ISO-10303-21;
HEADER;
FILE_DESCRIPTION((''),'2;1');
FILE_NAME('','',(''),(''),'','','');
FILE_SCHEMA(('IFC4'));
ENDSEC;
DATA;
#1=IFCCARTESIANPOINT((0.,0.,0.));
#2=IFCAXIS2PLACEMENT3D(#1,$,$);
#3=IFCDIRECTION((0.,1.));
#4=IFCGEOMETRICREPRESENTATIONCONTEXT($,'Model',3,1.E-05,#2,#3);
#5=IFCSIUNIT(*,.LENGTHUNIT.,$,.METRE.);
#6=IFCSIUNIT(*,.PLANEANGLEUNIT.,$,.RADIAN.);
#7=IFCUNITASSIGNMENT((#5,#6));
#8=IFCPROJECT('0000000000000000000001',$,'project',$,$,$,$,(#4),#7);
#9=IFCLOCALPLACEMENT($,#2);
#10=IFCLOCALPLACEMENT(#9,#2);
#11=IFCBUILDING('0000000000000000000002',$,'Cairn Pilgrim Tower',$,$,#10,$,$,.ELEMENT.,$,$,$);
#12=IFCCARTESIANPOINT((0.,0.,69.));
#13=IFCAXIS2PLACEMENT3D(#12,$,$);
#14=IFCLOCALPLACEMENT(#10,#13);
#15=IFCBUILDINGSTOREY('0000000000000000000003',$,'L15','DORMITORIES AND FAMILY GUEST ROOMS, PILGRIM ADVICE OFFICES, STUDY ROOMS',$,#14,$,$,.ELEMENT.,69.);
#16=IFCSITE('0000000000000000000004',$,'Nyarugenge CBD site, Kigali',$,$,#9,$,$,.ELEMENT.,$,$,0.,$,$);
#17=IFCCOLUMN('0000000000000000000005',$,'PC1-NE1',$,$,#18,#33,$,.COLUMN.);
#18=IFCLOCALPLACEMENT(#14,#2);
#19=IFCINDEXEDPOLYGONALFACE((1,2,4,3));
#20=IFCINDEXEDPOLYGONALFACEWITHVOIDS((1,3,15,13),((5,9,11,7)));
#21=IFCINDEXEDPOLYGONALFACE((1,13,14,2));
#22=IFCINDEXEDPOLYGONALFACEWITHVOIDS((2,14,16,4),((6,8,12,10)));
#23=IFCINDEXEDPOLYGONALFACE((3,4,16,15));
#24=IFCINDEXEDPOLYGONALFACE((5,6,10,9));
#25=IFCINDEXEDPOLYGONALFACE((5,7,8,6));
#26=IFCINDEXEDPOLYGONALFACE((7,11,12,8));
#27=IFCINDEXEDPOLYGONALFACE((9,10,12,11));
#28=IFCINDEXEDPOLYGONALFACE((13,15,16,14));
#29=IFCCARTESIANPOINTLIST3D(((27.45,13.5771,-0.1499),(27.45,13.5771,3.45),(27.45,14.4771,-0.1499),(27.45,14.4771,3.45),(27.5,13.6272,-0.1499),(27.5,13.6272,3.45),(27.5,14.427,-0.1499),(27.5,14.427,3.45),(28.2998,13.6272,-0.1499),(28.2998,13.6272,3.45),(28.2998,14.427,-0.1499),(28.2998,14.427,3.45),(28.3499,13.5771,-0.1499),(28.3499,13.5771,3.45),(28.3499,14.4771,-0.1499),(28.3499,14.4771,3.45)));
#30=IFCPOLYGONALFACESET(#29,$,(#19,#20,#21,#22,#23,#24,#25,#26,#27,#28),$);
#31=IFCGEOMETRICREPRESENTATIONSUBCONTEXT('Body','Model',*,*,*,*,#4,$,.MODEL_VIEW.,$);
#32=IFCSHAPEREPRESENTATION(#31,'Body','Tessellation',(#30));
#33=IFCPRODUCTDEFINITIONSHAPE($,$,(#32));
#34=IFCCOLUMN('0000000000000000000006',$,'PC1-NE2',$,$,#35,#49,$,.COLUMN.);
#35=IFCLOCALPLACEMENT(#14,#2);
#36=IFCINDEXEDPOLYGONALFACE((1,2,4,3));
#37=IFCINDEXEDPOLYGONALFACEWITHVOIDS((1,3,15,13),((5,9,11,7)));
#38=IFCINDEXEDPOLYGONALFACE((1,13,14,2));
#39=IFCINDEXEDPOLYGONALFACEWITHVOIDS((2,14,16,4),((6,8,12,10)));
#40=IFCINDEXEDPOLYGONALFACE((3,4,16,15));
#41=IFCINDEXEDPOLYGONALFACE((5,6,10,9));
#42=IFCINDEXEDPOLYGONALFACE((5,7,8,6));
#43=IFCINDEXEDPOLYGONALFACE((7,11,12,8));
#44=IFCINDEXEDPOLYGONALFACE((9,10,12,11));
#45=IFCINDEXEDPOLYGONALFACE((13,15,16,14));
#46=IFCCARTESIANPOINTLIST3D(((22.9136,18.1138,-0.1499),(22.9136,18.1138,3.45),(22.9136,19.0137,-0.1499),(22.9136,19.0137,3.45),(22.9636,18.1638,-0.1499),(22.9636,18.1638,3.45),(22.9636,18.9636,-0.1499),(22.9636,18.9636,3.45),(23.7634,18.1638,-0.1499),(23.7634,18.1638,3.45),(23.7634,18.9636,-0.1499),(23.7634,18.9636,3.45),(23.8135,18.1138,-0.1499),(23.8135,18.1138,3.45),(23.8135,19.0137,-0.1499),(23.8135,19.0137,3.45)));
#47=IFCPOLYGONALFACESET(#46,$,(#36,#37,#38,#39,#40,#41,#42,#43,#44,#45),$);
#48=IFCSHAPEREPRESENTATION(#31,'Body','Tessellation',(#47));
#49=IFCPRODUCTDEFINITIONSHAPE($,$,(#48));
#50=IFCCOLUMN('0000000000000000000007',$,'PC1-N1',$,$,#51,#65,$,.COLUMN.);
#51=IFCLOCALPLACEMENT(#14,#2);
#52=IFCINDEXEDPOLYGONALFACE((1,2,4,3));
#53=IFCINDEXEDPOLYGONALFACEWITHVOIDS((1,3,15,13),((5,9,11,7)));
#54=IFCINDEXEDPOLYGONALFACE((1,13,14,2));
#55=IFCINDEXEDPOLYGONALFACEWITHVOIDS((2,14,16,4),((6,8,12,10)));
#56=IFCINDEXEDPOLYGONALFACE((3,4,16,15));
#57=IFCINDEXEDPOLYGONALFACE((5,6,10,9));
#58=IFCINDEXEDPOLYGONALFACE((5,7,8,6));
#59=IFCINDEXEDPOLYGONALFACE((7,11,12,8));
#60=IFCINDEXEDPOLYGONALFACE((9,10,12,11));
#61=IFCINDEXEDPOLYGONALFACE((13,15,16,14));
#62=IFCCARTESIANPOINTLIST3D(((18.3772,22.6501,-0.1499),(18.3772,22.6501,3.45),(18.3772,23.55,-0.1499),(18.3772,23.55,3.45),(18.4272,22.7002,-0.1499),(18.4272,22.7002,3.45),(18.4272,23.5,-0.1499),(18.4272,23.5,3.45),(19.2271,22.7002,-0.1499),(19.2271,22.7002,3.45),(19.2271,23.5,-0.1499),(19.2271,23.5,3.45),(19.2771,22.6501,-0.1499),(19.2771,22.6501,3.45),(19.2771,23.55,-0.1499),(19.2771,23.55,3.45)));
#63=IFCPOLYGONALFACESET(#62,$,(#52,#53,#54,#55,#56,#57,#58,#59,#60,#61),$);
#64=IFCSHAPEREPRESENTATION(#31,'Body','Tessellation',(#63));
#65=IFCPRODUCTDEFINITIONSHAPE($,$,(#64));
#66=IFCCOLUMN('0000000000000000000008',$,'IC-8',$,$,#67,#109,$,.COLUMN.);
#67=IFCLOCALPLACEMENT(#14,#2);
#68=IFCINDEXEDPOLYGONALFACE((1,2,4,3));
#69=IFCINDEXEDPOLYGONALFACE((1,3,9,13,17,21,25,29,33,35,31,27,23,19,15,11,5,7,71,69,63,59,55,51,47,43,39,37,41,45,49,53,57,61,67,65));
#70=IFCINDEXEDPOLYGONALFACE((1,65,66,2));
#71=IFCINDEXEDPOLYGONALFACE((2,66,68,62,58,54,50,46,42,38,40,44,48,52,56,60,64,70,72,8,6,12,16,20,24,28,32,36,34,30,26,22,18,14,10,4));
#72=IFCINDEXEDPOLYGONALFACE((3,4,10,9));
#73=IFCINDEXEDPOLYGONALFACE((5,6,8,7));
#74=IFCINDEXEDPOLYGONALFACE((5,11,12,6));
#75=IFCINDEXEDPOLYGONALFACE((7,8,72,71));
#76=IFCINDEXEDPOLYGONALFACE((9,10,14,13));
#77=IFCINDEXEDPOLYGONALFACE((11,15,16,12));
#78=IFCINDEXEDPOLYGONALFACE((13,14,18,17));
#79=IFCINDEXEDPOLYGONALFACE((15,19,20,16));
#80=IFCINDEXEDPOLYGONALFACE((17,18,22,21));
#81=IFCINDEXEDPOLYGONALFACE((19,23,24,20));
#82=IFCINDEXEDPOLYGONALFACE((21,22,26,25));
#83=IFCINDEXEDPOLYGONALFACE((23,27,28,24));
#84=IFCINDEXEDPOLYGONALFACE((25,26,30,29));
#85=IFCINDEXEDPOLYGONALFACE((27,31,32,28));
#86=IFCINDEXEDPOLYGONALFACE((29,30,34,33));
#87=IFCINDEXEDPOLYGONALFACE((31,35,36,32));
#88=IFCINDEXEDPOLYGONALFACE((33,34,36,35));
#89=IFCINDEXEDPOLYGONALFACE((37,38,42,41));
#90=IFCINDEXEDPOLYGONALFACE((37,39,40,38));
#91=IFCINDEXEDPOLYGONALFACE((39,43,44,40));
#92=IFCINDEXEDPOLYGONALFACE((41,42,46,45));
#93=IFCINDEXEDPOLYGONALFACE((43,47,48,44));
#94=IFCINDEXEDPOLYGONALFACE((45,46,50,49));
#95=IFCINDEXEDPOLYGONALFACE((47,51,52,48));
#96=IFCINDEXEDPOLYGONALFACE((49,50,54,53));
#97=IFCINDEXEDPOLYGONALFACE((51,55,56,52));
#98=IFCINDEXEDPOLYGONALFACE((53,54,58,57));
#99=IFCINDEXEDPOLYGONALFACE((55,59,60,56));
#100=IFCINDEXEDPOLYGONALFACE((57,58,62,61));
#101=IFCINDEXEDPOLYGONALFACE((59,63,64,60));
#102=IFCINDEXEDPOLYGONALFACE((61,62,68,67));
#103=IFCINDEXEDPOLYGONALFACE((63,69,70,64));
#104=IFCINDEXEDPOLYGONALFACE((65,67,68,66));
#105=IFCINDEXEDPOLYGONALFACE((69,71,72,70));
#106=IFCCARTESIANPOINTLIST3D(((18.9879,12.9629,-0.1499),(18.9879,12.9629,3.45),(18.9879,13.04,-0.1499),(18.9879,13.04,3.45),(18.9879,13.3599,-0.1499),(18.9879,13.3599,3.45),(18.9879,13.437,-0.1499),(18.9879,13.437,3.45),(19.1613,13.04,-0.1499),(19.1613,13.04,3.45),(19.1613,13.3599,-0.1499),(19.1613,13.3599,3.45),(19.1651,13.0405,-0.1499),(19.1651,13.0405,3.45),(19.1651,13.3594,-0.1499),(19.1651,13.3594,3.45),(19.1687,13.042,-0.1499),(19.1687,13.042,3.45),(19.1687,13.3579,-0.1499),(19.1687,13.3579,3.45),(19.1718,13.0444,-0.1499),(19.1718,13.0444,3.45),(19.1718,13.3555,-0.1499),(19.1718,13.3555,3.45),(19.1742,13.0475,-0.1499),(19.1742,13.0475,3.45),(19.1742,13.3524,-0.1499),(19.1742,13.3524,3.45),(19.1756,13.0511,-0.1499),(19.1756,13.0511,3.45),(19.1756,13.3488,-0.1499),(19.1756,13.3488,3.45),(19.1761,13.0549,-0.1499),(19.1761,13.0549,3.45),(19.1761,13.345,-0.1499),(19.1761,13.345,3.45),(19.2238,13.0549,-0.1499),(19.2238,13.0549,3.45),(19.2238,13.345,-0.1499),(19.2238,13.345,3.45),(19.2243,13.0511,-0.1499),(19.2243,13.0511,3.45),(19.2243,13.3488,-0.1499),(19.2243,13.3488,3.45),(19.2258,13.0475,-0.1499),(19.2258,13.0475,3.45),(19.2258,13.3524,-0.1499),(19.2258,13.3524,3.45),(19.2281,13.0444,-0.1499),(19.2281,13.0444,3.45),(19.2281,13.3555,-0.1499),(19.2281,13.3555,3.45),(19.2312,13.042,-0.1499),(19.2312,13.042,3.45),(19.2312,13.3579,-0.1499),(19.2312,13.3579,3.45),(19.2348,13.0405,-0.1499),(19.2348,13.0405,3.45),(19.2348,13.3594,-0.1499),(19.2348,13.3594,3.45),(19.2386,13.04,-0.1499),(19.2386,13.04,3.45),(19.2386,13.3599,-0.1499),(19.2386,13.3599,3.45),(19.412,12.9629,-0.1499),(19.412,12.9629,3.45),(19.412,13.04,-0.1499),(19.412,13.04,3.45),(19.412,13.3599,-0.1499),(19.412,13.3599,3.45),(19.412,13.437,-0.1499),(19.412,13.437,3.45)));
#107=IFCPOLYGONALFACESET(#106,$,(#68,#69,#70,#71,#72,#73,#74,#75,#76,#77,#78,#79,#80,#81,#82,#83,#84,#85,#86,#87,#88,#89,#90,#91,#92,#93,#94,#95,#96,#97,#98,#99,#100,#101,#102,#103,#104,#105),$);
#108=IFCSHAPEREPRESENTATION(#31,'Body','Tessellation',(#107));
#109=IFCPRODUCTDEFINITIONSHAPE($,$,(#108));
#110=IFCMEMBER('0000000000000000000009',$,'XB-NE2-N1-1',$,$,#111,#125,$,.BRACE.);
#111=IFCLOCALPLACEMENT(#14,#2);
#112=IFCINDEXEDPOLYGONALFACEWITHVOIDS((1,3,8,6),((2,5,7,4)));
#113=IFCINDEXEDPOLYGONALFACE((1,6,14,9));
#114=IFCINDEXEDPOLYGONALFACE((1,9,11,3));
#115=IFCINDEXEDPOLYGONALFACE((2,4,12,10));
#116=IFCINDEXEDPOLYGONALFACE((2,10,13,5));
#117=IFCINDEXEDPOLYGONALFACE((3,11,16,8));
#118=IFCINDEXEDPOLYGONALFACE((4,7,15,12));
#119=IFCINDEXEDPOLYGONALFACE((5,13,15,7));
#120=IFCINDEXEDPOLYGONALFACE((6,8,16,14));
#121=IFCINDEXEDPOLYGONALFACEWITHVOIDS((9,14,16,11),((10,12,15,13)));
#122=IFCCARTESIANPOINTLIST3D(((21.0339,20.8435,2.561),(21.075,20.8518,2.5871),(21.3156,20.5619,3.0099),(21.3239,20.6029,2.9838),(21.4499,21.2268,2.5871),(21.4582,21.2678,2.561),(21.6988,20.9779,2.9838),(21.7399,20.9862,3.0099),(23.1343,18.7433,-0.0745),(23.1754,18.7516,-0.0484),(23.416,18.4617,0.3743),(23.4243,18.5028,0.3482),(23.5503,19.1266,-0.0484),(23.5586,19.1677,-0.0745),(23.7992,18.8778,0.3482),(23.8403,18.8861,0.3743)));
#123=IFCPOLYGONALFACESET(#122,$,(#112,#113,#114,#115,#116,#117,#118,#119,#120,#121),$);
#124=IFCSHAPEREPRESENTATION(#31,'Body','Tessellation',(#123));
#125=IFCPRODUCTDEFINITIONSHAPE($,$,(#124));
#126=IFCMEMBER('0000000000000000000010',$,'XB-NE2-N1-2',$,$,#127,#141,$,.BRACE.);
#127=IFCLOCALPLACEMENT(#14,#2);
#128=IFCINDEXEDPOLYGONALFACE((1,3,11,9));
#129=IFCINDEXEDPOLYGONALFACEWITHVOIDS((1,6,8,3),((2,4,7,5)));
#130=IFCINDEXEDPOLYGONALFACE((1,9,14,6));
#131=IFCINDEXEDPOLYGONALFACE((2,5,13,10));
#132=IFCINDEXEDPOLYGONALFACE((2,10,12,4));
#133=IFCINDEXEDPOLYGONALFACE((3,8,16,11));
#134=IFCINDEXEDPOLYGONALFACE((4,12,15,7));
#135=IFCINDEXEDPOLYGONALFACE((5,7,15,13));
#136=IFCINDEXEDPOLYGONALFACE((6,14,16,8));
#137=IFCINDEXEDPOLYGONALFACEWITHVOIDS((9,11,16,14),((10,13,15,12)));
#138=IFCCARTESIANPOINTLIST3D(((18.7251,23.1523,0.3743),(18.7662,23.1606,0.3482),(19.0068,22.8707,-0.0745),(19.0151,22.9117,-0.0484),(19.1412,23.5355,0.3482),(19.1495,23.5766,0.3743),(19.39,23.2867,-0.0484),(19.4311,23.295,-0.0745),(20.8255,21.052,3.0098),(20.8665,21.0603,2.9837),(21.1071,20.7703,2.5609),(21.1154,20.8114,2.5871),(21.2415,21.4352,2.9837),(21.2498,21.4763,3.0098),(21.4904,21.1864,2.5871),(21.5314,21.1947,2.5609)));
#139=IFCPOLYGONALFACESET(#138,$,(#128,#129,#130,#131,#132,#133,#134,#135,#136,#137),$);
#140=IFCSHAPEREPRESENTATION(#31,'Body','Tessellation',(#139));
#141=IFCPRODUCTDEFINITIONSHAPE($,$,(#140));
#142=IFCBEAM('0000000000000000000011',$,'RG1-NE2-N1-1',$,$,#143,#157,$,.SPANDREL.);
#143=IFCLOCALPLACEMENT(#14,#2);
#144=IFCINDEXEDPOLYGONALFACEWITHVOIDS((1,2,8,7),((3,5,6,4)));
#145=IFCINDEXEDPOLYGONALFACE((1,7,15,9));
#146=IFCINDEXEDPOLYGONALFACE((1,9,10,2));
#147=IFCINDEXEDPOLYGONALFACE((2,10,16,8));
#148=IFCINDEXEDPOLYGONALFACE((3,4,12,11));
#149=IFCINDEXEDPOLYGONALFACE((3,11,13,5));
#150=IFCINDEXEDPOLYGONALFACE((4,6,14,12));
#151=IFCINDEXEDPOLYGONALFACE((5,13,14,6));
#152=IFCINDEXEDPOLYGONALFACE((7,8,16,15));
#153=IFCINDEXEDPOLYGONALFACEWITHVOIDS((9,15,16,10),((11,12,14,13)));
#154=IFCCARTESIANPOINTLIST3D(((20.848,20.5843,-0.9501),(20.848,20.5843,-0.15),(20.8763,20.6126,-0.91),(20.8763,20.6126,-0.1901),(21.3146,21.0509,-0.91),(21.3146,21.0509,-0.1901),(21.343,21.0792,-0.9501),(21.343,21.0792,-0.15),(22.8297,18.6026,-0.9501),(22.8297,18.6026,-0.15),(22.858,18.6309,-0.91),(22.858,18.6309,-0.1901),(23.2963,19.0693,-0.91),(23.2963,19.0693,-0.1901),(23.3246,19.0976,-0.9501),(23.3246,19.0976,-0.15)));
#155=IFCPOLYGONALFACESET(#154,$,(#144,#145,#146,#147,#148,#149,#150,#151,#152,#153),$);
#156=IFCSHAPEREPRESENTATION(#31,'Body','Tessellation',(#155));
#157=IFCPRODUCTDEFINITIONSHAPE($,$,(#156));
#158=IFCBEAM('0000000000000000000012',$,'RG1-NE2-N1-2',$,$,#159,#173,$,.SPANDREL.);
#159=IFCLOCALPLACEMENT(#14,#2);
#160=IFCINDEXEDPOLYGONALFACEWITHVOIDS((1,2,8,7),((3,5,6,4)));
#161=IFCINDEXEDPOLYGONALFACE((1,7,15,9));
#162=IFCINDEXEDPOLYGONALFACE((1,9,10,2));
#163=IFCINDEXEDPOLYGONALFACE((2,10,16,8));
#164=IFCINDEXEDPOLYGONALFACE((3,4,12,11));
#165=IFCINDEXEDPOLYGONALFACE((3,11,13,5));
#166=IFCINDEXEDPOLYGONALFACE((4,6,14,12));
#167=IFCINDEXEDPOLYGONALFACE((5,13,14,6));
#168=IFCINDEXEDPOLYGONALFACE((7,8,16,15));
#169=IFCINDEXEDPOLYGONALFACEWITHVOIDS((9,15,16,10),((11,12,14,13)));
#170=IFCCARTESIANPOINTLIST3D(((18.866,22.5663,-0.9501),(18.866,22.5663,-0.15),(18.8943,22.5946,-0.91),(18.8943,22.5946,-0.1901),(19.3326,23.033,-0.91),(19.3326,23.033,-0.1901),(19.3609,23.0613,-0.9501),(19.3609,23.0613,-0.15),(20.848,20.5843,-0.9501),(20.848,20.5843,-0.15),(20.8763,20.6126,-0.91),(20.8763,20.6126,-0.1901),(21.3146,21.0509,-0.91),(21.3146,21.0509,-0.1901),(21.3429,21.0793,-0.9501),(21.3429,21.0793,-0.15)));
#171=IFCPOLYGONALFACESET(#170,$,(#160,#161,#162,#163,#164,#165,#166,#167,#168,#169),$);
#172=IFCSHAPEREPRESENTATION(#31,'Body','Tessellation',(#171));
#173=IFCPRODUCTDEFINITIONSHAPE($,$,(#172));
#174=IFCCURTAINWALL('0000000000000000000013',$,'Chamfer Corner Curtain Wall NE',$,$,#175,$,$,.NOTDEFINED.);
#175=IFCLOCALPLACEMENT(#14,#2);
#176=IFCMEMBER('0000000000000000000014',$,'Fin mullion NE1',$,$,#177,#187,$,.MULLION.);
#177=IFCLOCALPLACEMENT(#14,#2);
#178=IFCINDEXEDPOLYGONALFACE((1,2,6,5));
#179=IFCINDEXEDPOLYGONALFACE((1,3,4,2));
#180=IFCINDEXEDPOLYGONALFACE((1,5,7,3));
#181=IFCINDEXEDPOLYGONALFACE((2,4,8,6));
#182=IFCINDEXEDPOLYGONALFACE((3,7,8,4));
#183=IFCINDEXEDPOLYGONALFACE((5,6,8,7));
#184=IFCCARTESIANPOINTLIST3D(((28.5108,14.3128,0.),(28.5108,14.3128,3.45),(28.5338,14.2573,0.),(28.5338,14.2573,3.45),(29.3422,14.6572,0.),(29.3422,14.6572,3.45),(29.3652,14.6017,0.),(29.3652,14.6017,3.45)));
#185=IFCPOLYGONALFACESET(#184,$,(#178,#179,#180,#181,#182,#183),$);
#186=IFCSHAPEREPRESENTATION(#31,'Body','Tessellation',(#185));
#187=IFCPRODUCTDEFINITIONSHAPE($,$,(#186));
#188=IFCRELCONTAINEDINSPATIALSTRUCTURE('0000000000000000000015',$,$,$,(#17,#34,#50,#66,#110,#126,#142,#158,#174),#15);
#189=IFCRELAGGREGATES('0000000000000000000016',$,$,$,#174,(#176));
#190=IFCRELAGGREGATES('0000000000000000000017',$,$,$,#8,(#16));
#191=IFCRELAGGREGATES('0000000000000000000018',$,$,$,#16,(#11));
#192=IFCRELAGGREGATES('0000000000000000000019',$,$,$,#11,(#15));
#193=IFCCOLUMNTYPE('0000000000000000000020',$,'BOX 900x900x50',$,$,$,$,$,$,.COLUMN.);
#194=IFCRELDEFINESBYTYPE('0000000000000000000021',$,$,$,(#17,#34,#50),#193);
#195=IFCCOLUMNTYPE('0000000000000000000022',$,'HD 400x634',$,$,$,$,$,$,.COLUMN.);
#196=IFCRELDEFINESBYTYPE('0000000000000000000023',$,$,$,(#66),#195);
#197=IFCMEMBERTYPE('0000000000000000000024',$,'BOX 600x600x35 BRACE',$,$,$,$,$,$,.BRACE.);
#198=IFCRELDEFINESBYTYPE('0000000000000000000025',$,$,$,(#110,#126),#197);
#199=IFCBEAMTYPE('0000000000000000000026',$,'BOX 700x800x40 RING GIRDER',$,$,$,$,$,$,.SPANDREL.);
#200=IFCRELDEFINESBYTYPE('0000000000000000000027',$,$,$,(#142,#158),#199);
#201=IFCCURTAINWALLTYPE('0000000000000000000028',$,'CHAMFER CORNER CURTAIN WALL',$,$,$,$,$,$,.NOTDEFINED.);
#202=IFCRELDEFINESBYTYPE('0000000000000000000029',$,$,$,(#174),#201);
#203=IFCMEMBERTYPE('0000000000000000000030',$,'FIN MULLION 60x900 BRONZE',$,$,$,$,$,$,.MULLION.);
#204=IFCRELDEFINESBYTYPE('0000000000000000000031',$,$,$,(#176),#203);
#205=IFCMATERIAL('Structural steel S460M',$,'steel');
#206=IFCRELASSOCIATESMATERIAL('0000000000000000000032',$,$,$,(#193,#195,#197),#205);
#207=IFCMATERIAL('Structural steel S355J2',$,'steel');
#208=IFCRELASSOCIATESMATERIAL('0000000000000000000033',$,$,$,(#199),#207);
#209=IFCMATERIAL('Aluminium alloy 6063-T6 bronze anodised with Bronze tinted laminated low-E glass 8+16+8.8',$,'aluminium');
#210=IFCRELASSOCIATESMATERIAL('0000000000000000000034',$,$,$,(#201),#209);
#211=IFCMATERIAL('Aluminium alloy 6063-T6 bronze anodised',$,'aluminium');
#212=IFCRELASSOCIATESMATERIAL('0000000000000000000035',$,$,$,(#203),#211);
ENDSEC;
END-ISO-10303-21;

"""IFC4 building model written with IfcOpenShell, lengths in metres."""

from ifc_helpers import new_model, si_unit, direction, frame, origin, origin_2d, place, context, subcontext, project, spatial, rectangle, hollow_rectangle, i_section, extrude, material, material_profile, profile_set, type_object, element, aggregate, save


model = new_model("IFC4")

# Units and contexts
model_context = context("Model", 3, precision=1e-05, world=origin(), true_north=direction((0.0, 1.0)))
body_context = subcontext(model_context, "Body", "Model", "MODEL_VIEW")
ifc_project = project(units=[si_unit("LENGTHUNIT", "METRE"), si_unit("PLANEANGLEUNIT", "RADIAN")], contexts=[model_context])

# Site, building, storey
site_placement = place(None, origin())
site = spatial("IfcSite", under=ifc_project, at=site_placement, Name="Nyarugenge CBD site, Kigali", CompositionType="ELEMENT", RefElevation=0.0)
building_placement = place(site_placement, origin())
building = spatial("IfcBuilding", under=site, at=building_placement, Name="Cairn Pilgrim Tower", CompositionType="ELEMENT")
storey_placement = place(building_placement, frame((0.0, 0.0, 69.0)))
storey = spatial("IfcBuildingStorey", under=building, at=storey_placement, Name="L15", Description="DORMITORIES AND FAMILY GUEST ROOMS, PILGRIM ADVICE OFFICES, STUDY ROOMS", CompositionType="ELEMENT", Elevation=69.0)

# Columns
ifc_material_1 = material(Name="Structural steel S460M", Category="steel")
ifc_material_profile_1 = material_profile(ifc_material_1, hollow_rectangle(XDim=0.8999, YDim=0.8999, WallThickness=0.05, at=origin_2d()), Name="BOX 900x900x50")
ifc_profile_set_1 = profile_set([ifc_material_profile_1], Name="Structural steel S460M")
column_type_1 = type_object("IfcColumnType", Name="BOX 900x900x50", PredefinedType="COLUMN", material=ifc_profile_set_1)
for number, where, z_axis, x_axis, name in (
    (1, (27.8999, 14.0271, -0.1499), (0.0, 0.0, 1.0), (1.0, 0.0, 0.0), "PC1-NE1"),
    (2, (23.3635, 18.5637, -0.1499), (0.0, 0.0, 1.0), (1.0, 0.0, 0.0), "PC1-NE2"),
    (3, (18.8271, 23.1001, -0.1499), (0.0, 0.0, 1.0), (1.0, 0.0, 0.0), "PC1-N1"),
):
    element("IfcColumn", number, at=place(storey_placement, frame(where, z_axis=z_axis, x_axis=x_axis)), inside=storey, type_object=column_type_1, Name=name, PredefinedType="COLUMN", context=body_context, shape_type="SweptSolid", body=[
        extrude(hollow_rectangle(XDim=0.8999, YDim=0.8999, WallThickness=0.05, at=origin_2d()), origin(), (0.0, 0.0, 1.0), 3.5999),
    ])
ifc_material_profile_2 = material_profile(ifc_material_1, i_section(OverallWidth=0.4241, OverallDepth=0.4741, WebThickness=0.0476, FlangeThickness=0.0771, FilletRadius=0.0149, at=origin_2d()), Name="HD 400x634")
ifc_profile_set_2 = profile_set([ifc_material_profile_2], Name="Structural steel S460M")
column_type_2 = type_object("IfcColumnType", Name="HD 400x634", PredefinedType="COLUMN", material=ifc_profile_set_2)
column_placement = place(storey_placement, frame((19.2, 13.2, -0.1499), z_axis=(0.0, 0.0, 1.0), x_axis=(1.0, 0.0, 0.0)))
element("IfcColumn", 4, at=column_placement, inside=storey, type_object=column_type_2, Name="IC-8", PredefinedType="COLUMN", context=body_context, shape_type="SweptSolid", body=[
    extrude(i_section(OverallWidth=0.4241, OverallDepth=0.4741, WebThickness=0.0476, FlangeThickness=0.0771, FilletRadius=0.0149, at=origin_2d()), origin(), (0.0, 0.0, 1.0), 3.5999),
])

# Members
ifc_material_profile_3 = material_profile(ifc_material_1, hollow_rectangle(XDim=0.6001, YDim=0.6001, WallThickness=0.0349, at=origin_2d()), Name="BOX 600x600x35")
ifc_profile_set_3 = profile_set([ifc_material_profile_3], Name="Structural steel S460M")
member_type_1 = type_object("IfcMemberType", Name="BOX 600x600x35 BRACE", PredefinedType="BRACE", material=ifc_profile_set_3)
for number, where, z_axis, x_axis, name in (
    (5, (23.4873, 18.8147, 0.1499), (-0.528939, 0.528878, 0.66371), (-0.707066, -0.707148, 0.0), "XB-NE2-N1-1"),
    (6, (19.0781, 23.2236, 0.1499), (0.528922, -0.528922, 0.663689), (0.707107, 0.707107, 0.0), "XB-NE2-N1-2"),
):
    element("IfcMember", number, at=place(storey_placement, frame(where, z_axis=z_axis, x_axis=x_axis)), inside=storey, type_object=member_type_1, Name=name, PredefinedType="BRACE", context=body_context, shape_type="SweptSolid", body=[
        extrude(hollow_rectangle(XDim=0.6001, YDim=0.6001, WallThickness=0.0349, at=origin_2d()), origin(), (0.0, 0.0, 1.0), 3.9709),
    ])

# Beams
ifc_material_2 = material(Name="Structural steel S355J2", Category="steel")
ifc_material_profile_4 = material_profile(ifc_material_2, hollow_rectangle(XDim=0.7, YDim=0.8, WallThickness=0.04, at=origin_2d()), Name="BOX 700x800x40")
ifc_profile_set_4 = profile_set([ifc_material_profile_4], Name="Structural steel S355J2")
beam_type_1 = type_object("IfcBeamType", Name="BOX 700x800x40 RING GIRDER", PredefinedType="SPANDREL", material=ifc_profile_set_4)
beam_1_placement = place(storey_placement, frame((23.0771, 18.8501, -0.55), z_axis=(-0.707107, 0.707107, 0.0), x_axis=(-0.707107, -0.707107, 0.0)))
element("IfcBeam", 7, at=beam_1_placement, inside=storey, type_object=beam_type_1, Name="RG1-NE2-N1-1", PredefinedType="SPANDREL", context=body_context, shape_type="SweptSolid", body=[
    extrude(hollow_rectangle(XDim=0.7, YDim=0.8, WallThickness=0.04, at=origin_2d()), origin(), (0.0, 0.0, 1.0), 2.8025),
])
beam_2_placement = place(storey_placement, frame((21.0955, 20.8318, -0.55), z_axis=(-0.707107, 0.707107, 0.0), x_axis=(-0.707107, -0.707107, 0.0)))
element("IfcBeam", 8, at=beam_2_placement, inside=storey, type_object=beam_type_1, Name="RG1-NE2-N1-2", PredefinedType="SPANDREL", context=body_context, shape_type="SweptSolid", body=[
    extrude(hollow_rectangle(XDim=0.7, YDim=0.8, WallThickness=0.04, at=origin_2d()), origin(), (0.0, 0.0, 1.0), 2.803),
])

# Curtain wall, member
ifc_material_3 = material(Name="Aluminium alloy 6063-T6 bronze anodised with Bronze tinted laminated low-E glass 8+16+8.8", Category="aluminium")
curtain_wall_type_1 = type_object("IfcCurtainWallType", Name="CHAMFER CORNER CURTAIN WALL", PredefinedType="NOTDEFINED", material=ifc_material_3)
curtain_wall_1_placement = place(storey_placement, origin())
curtain_wall_1 = element("IfcCurtainWall", 9, at=curtain_wall_1_placement, inside=storey, type_object=curtain_wall_type_1, Name="Chamfer Corner Curtain Wall NE", PredefinedType="NOTDEFINED")
ifc_material_4 = material(Name="Aluminium alloy 6063-T6 bronze anodised", Category="aluminium")
ifc_material_profile_5 = material_profile(ifc_material_4, rectangle(XDim=0.8999, YDim=0.0601, at=origin_2d()), Name="FIN MULLION 60x900 BRONZE")
ifc_profile_set_5 = profile_set([ifc_material_profile_5], Name="Aluminium alloy 6063-T6 bronze anodised")
member_type_2 = type_object("IfcMemberType", Name="FIN MULLION 60x900 BRONZE", PredefinedType="MULLION", material=ifc_profile_set_5)
member_1_placement = place(storey_placement, frame((28.938, 14.4573, 0.0), z_axis=(0.0, 0.0, 1.0), x_axis=(0.92388, 0.382683, 0.0)))
member_1 = element("IfcMember", 10, at=member_1_placement, type_object=member_type_2, Name="Fin mullion NE1", PredefinedType="MULLION", context=body_context, shape_type="SweptSolid", body=[
    extrude(rectangle(XDim=0.8999, YDim=0.0601, at=origin_2d()), origin(), (0.0, 0.0, 1.0), 3.45),
])

aggregate(curtain_wall_1, [member_1])

save(model, "model.ifc")
